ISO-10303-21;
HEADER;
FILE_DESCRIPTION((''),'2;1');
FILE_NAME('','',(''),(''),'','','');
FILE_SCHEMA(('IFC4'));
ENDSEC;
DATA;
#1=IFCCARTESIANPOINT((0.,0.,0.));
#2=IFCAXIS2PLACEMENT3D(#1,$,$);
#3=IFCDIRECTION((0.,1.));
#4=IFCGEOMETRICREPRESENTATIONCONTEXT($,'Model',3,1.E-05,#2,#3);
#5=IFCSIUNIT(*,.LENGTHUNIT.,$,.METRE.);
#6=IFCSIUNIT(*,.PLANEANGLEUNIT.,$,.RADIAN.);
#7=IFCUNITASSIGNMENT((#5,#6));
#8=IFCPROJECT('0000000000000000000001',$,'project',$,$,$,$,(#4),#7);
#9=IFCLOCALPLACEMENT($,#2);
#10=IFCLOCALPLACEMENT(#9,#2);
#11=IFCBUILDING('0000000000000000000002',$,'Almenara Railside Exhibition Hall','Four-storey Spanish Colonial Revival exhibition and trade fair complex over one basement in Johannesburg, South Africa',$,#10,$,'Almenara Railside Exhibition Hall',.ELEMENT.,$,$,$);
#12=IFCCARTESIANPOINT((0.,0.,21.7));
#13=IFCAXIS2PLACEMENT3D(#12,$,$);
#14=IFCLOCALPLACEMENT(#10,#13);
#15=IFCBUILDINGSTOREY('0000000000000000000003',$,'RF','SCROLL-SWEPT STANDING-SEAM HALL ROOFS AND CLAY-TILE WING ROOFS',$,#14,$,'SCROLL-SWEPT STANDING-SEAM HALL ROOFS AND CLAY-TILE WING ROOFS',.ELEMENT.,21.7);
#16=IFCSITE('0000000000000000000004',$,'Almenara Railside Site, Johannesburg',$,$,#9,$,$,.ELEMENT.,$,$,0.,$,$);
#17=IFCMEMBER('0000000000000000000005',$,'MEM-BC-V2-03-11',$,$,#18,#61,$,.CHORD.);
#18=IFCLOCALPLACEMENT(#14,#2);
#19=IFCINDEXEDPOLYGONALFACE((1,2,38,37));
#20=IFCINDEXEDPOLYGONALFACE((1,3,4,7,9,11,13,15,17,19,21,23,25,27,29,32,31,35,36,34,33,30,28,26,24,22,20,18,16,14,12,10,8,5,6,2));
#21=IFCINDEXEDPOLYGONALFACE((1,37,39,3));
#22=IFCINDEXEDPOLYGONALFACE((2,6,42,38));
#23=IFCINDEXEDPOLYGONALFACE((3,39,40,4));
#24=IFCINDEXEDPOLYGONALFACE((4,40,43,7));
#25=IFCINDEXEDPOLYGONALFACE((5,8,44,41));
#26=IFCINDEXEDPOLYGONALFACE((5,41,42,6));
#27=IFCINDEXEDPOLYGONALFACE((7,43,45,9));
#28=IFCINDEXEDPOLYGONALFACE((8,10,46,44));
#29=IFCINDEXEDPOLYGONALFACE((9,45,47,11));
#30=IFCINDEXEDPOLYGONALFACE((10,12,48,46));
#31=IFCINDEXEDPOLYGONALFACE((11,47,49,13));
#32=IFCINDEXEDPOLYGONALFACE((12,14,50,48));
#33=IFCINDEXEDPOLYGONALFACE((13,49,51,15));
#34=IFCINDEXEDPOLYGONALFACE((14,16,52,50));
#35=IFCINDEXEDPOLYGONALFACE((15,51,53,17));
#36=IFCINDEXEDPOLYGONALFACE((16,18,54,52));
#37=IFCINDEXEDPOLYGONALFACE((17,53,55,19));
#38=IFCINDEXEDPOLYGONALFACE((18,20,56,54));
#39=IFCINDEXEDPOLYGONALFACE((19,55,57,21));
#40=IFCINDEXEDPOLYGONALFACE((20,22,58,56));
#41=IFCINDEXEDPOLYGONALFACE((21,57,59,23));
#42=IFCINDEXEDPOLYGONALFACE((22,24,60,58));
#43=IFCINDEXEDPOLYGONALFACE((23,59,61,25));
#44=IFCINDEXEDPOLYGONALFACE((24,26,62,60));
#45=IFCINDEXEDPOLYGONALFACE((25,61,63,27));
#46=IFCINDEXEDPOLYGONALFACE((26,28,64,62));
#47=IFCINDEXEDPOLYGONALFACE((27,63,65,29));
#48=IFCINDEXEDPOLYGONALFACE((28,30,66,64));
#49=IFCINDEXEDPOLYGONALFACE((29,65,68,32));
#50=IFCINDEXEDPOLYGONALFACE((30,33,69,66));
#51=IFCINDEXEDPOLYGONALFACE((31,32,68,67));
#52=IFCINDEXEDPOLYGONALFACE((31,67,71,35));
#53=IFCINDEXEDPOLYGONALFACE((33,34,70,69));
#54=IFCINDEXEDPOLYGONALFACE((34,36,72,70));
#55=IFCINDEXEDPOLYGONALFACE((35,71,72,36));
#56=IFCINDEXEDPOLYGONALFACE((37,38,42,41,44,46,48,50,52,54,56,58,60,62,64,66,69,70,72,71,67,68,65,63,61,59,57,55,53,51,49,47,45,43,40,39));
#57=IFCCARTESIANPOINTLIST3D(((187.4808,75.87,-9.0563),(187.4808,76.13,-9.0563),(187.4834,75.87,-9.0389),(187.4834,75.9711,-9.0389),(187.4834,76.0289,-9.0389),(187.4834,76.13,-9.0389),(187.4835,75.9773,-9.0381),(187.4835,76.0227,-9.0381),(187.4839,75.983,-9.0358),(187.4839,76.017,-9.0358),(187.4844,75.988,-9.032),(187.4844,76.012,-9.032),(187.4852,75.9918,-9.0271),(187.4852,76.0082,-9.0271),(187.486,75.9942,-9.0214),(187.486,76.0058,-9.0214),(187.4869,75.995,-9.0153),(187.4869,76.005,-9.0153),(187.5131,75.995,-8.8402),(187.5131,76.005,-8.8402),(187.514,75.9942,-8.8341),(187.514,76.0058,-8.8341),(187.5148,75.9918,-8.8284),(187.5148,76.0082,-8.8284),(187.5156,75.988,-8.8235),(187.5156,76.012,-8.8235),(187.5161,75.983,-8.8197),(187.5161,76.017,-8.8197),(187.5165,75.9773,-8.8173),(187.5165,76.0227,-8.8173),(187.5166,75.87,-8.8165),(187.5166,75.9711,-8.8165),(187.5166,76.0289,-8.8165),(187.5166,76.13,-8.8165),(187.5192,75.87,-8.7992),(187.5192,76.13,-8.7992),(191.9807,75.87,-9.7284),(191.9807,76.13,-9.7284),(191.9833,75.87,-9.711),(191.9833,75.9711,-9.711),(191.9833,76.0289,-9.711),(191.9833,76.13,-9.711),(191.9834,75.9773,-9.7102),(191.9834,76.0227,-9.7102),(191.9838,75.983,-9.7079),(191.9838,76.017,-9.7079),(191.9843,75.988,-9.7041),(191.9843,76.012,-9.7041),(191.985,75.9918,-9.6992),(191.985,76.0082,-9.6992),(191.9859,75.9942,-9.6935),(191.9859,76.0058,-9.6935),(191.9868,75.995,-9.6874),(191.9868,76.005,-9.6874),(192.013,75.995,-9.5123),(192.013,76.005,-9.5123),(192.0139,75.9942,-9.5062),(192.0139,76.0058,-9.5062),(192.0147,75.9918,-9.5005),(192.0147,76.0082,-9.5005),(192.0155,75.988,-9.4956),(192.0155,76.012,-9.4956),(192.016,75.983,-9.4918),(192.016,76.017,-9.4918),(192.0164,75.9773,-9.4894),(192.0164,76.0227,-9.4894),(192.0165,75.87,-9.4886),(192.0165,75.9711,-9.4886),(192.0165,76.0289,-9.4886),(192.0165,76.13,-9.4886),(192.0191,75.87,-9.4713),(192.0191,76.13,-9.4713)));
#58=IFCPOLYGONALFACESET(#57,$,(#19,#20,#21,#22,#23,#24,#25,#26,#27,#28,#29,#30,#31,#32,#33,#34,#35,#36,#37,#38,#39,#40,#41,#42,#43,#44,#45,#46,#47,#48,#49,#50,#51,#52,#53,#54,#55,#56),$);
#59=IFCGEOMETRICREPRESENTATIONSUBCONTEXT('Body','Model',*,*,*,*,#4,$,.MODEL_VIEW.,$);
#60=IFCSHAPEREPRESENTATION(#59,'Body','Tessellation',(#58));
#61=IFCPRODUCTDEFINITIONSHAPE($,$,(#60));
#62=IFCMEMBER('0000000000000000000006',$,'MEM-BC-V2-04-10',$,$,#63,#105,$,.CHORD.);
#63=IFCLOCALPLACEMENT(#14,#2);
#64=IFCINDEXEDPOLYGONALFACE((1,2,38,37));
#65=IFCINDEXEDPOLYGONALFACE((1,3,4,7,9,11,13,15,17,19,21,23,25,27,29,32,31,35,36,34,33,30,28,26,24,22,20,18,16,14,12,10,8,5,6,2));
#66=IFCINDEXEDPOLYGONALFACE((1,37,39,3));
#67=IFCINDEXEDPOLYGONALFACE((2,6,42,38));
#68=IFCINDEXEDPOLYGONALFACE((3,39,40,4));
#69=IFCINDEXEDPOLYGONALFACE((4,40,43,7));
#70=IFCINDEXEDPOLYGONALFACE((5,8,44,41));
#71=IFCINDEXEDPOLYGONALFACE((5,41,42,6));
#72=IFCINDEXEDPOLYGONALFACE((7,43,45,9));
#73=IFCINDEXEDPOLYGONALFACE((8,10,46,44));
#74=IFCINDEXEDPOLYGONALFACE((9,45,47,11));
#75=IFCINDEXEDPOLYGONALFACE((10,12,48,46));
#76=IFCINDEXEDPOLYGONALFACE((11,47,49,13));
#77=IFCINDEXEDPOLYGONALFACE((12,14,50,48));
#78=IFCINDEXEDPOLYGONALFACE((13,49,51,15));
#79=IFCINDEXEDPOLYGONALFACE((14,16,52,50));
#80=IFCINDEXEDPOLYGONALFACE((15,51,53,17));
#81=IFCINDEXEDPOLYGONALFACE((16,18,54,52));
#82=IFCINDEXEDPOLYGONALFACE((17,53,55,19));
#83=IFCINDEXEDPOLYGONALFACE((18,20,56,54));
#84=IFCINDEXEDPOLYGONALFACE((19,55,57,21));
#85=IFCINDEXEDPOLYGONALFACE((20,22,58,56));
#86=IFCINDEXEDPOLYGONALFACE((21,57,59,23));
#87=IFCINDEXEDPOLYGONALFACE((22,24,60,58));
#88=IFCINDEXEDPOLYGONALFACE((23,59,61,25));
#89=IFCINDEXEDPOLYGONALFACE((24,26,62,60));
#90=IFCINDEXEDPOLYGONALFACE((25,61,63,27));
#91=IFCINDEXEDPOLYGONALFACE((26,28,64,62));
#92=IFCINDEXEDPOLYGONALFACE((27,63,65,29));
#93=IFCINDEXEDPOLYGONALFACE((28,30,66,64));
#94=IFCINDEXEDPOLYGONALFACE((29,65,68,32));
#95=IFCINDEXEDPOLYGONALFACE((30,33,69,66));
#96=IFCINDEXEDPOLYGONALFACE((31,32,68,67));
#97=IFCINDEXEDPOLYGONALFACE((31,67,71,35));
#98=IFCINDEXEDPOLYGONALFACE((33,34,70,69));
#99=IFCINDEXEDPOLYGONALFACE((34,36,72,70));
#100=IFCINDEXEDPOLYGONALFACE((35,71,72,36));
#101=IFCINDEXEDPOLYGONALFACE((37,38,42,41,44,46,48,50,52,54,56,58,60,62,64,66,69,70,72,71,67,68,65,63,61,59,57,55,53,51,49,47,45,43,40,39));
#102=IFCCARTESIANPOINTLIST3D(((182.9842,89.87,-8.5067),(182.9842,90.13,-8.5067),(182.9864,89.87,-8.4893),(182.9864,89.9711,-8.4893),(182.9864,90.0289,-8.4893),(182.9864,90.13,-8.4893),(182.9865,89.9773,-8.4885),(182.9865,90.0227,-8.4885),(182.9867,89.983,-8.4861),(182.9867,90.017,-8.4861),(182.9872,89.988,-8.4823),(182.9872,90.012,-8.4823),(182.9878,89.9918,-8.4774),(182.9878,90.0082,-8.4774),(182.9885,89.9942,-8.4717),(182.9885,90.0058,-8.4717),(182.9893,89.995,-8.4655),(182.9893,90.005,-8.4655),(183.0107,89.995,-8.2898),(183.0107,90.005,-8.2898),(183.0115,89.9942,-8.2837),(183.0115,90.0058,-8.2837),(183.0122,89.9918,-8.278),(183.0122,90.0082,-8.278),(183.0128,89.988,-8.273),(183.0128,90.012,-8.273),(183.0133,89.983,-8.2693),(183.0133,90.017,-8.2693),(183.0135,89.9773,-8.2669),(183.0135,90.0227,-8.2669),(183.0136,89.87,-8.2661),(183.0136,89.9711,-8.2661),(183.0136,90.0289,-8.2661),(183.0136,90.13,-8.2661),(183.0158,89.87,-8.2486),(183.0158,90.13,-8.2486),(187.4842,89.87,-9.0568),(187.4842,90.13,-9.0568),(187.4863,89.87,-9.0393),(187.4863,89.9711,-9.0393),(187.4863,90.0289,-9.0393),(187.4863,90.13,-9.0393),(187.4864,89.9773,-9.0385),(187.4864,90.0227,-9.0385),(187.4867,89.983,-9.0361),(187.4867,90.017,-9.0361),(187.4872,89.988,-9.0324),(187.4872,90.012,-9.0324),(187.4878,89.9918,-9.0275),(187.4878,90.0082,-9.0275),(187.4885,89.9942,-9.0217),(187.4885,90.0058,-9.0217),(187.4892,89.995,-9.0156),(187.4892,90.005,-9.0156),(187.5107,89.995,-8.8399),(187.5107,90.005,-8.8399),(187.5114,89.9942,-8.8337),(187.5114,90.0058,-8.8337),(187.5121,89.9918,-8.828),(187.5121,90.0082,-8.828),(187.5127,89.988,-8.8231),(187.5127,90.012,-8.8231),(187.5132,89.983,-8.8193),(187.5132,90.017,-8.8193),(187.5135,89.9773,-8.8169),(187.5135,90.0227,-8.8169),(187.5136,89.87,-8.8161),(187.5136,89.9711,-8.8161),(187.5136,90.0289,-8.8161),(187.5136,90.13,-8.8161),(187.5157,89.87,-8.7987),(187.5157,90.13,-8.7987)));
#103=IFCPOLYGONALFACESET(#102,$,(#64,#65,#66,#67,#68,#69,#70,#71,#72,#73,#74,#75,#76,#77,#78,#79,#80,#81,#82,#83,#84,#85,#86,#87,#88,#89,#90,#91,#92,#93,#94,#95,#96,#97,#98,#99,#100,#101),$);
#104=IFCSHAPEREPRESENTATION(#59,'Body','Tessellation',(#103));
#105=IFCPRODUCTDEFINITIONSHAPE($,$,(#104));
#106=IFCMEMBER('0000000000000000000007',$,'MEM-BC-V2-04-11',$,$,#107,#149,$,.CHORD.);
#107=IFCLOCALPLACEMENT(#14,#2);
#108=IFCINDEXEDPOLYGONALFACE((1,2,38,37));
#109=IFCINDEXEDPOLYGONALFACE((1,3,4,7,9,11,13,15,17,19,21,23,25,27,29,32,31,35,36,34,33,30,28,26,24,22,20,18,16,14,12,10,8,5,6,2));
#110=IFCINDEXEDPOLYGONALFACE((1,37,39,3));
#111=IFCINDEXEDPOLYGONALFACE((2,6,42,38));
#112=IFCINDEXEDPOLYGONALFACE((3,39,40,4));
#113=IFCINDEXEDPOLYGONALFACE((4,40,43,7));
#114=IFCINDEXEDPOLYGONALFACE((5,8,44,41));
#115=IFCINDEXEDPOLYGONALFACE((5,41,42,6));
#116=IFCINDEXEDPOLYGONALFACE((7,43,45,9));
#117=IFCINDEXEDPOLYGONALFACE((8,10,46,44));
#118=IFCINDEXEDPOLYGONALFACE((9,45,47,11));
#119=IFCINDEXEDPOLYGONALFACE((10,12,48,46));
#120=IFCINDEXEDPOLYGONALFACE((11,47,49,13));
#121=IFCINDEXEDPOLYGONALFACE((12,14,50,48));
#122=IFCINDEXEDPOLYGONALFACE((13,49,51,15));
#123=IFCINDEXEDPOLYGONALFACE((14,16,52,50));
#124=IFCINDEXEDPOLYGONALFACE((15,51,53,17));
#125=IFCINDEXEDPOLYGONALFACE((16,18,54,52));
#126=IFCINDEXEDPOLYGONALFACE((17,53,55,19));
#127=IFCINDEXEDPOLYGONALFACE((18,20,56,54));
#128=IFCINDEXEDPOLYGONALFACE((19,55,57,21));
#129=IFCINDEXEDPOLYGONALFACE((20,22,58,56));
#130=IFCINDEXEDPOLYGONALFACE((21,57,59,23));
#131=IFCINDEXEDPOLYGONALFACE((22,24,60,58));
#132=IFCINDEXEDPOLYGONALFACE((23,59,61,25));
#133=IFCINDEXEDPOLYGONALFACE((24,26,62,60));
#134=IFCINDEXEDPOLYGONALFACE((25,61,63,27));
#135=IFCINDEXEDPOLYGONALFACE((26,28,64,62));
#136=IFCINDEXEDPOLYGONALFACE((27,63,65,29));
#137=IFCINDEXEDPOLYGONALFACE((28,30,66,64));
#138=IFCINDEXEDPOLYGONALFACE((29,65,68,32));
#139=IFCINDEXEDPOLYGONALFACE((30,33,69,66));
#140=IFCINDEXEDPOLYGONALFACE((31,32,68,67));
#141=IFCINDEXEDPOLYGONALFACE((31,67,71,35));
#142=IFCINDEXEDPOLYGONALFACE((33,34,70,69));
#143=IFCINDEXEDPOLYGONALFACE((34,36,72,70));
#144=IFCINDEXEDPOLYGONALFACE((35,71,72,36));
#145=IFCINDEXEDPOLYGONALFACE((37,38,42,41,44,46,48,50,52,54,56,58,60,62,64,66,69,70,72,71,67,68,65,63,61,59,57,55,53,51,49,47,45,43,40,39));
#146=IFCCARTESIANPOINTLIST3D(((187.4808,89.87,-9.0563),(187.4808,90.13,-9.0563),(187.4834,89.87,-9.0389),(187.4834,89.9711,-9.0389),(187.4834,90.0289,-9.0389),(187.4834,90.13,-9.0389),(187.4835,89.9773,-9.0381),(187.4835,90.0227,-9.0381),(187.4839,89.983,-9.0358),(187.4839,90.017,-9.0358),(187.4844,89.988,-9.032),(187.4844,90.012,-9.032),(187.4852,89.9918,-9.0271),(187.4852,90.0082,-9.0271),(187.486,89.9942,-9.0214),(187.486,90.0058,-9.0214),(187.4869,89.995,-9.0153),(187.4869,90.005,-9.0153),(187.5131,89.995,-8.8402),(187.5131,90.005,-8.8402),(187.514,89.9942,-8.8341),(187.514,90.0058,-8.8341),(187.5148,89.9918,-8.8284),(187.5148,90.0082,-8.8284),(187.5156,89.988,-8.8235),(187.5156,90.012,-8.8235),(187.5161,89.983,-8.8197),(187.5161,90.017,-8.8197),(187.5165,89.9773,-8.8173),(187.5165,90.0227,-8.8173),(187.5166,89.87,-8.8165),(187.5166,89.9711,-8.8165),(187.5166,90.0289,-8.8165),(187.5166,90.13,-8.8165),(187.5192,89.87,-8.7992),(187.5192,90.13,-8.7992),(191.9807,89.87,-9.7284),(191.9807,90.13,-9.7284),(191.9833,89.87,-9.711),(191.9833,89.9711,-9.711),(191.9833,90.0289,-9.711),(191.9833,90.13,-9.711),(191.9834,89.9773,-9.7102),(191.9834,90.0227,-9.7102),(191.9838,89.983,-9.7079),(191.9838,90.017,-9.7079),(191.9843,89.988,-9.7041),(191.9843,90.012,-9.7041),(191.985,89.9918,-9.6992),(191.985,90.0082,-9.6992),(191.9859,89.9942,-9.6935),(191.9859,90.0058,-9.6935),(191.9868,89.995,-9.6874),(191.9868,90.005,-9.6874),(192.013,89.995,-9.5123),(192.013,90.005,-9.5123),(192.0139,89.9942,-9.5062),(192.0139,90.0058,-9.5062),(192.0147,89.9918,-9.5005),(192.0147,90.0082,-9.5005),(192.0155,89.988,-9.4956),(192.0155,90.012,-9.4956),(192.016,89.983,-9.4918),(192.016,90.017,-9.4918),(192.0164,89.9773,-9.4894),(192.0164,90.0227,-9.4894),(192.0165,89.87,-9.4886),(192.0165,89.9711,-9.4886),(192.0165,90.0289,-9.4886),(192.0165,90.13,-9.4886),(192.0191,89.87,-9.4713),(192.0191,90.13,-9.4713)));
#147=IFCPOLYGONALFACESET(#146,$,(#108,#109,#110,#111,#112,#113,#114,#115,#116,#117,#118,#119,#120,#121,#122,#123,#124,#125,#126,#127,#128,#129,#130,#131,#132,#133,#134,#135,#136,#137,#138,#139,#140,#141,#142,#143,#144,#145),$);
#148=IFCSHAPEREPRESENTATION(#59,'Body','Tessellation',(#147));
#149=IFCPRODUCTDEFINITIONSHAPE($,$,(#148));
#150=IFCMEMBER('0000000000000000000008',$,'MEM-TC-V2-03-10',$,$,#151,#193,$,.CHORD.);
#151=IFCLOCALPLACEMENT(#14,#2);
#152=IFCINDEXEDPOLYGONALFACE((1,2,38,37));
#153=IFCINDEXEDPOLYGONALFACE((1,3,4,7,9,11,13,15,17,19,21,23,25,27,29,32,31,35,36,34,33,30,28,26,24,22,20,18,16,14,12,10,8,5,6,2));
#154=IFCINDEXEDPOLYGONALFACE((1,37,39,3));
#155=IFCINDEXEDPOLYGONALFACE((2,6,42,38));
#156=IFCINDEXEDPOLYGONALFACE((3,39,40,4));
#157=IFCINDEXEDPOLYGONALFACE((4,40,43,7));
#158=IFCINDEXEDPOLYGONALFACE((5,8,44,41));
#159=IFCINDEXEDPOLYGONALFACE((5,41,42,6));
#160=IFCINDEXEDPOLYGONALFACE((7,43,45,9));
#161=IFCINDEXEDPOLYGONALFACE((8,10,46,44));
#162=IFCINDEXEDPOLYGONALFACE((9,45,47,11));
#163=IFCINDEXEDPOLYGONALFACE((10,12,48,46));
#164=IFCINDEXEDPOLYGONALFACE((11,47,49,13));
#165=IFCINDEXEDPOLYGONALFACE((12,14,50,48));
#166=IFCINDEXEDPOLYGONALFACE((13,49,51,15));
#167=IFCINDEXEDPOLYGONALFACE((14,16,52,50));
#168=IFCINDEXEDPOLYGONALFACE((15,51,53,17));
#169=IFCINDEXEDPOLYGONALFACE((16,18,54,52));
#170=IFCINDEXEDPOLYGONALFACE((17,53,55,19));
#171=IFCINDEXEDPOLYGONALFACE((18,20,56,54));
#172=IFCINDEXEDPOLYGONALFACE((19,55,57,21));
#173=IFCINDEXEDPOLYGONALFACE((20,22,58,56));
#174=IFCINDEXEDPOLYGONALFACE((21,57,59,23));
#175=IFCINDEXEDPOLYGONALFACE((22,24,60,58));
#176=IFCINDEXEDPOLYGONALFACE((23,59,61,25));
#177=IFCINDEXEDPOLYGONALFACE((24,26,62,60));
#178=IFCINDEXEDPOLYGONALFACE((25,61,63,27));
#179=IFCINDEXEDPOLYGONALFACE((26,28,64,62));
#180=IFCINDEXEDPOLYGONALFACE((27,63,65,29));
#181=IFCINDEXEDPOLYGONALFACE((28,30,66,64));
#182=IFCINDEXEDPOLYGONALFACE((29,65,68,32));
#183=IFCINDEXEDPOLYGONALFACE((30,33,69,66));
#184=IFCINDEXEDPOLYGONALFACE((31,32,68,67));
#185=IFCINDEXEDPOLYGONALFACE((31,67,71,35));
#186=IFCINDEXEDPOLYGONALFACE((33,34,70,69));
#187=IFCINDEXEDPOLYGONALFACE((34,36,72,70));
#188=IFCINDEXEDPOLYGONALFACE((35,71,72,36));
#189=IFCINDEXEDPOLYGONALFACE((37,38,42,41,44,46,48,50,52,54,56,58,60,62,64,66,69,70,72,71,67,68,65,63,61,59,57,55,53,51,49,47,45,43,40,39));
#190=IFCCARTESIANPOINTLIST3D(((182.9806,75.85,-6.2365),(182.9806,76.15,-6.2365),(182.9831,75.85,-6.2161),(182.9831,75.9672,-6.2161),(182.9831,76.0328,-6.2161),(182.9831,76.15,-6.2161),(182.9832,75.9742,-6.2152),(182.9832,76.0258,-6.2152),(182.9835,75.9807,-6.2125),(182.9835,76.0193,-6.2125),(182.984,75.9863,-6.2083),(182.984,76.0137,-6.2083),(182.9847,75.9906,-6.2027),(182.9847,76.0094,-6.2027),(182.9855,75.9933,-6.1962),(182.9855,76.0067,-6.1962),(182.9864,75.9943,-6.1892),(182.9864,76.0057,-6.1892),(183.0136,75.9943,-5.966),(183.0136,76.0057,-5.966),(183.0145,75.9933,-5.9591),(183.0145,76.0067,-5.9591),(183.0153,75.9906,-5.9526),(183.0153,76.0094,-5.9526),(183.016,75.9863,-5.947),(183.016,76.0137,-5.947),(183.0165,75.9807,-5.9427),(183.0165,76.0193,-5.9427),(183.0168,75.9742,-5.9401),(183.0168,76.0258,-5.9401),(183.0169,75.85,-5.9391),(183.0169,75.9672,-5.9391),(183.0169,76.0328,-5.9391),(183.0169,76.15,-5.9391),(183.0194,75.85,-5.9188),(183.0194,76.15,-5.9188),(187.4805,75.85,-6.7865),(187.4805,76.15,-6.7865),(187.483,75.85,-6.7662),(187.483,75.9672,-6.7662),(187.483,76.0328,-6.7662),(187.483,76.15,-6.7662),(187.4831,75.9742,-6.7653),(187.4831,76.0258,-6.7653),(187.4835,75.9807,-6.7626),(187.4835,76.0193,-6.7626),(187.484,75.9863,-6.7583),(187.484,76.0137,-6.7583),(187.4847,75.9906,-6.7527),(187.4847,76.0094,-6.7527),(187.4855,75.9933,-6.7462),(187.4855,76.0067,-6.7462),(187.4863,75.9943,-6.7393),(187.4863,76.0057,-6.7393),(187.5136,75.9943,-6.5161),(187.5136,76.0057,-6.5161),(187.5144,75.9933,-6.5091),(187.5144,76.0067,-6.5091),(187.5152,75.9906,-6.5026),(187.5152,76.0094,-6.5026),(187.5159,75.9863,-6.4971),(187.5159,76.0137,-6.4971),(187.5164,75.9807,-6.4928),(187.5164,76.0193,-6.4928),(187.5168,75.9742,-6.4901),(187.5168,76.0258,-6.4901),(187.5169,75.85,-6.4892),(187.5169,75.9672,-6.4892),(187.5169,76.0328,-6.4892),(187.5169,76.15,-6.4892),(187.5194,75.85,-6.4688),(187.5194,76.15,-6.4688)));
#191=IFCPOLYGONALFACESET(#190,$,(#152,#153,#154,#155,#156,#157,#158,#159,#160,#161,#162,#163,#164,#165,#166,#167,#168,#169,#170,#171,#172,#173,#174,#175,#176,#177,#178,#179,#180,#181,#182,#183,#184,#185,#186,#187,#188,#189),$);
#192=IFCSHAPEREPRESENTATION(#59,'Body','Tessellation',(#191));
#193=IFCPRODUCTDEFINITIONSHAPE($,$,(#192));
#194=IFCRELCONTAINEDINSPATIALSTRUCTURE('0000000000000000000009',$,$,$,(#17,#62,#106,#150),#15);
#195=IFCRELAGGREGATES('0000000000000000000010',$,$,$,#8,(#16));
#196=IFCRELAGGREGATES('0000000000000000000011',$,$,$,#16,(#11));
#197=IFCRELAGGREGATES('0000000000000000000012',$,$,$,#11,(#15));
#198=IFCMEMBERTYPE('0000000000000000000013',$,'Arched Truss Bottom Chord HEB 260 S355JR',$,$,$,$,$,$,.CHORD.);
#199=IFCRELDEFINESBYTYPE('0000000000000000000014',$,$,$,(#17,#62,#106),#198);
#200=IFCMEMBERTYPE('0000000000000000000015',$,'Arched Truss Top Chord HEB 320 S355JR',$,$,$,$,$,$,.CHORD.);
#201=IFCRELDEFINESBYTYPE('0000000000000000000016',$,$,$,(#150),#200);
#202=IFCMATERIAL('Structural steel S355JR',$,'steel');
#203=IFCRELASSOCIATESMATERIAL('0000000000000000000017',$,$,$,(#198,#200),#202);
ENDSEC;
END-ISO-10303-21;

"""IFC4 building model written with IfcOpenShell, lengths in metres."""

from ifc_helpers import new_model, si_unit, direction, frame, origin, origin_2d, place, context, subcontext, project, spatial, i_section, extrude, material, material_profile, profile_set, type_object, element, save


model = new_model("IFC4")

# Units and contexts
model_context = context("Model", 3, precision=1e-05, world=origin(), true_north=direction((0.0, 1.0)))
body_context = subcontext(model_context, "Body", "Model", "MODEL_VIEW")
ifc_project = project(units=[si_unit("LENGTHUNIT", "METRE"), si_unit("PLANEANGLEUNIT", "RADIAN")], contexts=[model_context])

# Site, building, storey
site_placement = place(None, origin())
site = spatial("IfcSite", under=ifc_project, at=site_placement, Name="Almenara Railside Site, Johannesburg", CompositionType="ELEMENT", RefElevation=0.0)
building_placement = place(site_placement, origin())
building = spatial("IfcBuilding", under=site, at=building_placement, Name="Almenara Railside Exhibition Hall", Description="Four-storey Spanish Colonial Revival exhibition and trade fair complex over one basement in Johannesburg, South Africa", LongName="Almenara Railside Exhibition Hall", CompositionType="ELEMENT")
storey_placement = place(building_placement, frame((0.0, 0.0, 21.7)))
storey = spatial("IfcBuildingStorey", under=building, at=storey_placement, Name="RF", Description="SCROLL-SWEPT STANDING-SEAM HALL ROOFS AND CLAY-TILE WING ROOFS", LongName="SCROLL-SWEPT STANDING-SEAM HALL ROOFS AND CLAY-TILE WING ROOFS", CompositionType="ELEMENT", Elevation=21.7)

# Members
ifc_material_1 = material(Name="Structural steel S355JR", Category="steel")
ifc_material_profile_1 = material_profile(ifc_material_1, i_section(OverallWidth=0.26, OverallDepth=0.26, WebThickness=0.01, FlangeThickness=0.0176, FilletRadius=0.0239, at=origin_2d()), Name="HEB 260")
ifc_profile_set_1 = profile_set([ifc_material_profile_1], Name="Structural steel S355JR")
member_type_1 = type_object("IfcMemberType", Name="Arched Truss Bottom Chord HEB 260 S355JR", PredefinedType="CHORD", material=ifc_profile_set_1)
member_1_placement = place(storey_placement, frame((187.5, 76.0, -8.9277), z_axis=(0.989029, 0.0, -0.147721), x_axis=(0.0, 1.0, 0.0)))
element("IfcMember", 1, at=member_1_placement, inside=storey, type_object=member_type_1, Name="MEM-BC-V2-03-11", PredefinedType="CHORD", context=body_context, shape_type="SweptSolid", body=[
    extrude(i_section(OverallWidth=0.26, OverallDepth=0.26, WebThickness=0.01, FlangeThickness=0.0176, FilletRadius=0.0239, at=origin_2d()), origin(), (0.0, 0.0, 1.0), 4.5498),
])
member_2_placement = place(storey_placement, frame((183.0, 90.0, -8.3777), z_axis=(0.992612, 0.0, -0.12133), x_axis=(0.0, 1.0, 0.0)))
element("IfcMember", 2, at=member_2_placement, inside=storey, type_object=member_type_1, Name="MEM-BC-V2-04-10", PredefinedType="CHORD", context=body_context, shape_type="SweptSolid", body=[
    extrude(i_section(OverallWidth=0.26, OverallDepth=0.26, WebThickness=0.01, FlangeThickness=0.0176, FilletRadius=0.0239, at=origin_2d()), origin(), (0.0, 0.0, 1.0), 4.5334),
])
member_3_placement = place(storey_placement, frame((187.5, 90.0, -8.9277), z_axis=(0.989029, 0.0, -0.147721), x_axis=(0.0, 1.0, 0.0)))
element("IfcMember", 3, at=member_3_placement, inside=storey, type_object=member_type_1, Name="MEM-BC-V2-04-11", PredefinedType="CHORD", context=body_context, shape_type="SweptSolid", body=[
    extrude(i_section(OverallWidth=0.26, OverallDepth=0.26, WebThickness=0.01, FlangeThickness=0.0176, FilletRadius=0.0239, at=origin_2d()), origin(), (0.0, 0.0, 1.0), 4.5498),
])
ifc_material_profile_2 = material_profile(ifc_material_1, i_section(OverallWidth=0.3, OverallDepth=0.3201, WebThickness=0.0115, FlangeThickness=0.0205, FilletRadius=0.0271, at=origin_2d()), Name="HEB 320")
ifc_profile_set_2 = profile_set([ifc_material_profile_2], Name="Structural steel S355JR")
member_type_2 = type_object("IfcMemberType", Name="Arched Truss Top Chord HEB 320 S355JR", PredefinedType="CHORD", material=ifc_profile_set_2)
member_4_placement = place(storey_placement, frame((183.0, 76.0, -6.0776), z_axis=(0.992612, 0.0, -0.12133), x_axis=(0.0, 1.0, 0.0)))
element("IfcMember", 4, at=member_4_placement, inside=storey, type_object=member_type_2, Name="MEM-TC-V2-03-10", PredefinedType="CHORD", context=body_context, shape_type="SweptSolid", body=[
    extrude(i_section(OverallWidth=0.3, OverallDepth=0.3201, WebThickness=0.0115, FlangeThickness=0.0205, FilletRadius=0.0271, at=origin_2d()), origin(), (0.0, 0.0, 1.0), 4.5334),
])

save(model, "model.ifc")
